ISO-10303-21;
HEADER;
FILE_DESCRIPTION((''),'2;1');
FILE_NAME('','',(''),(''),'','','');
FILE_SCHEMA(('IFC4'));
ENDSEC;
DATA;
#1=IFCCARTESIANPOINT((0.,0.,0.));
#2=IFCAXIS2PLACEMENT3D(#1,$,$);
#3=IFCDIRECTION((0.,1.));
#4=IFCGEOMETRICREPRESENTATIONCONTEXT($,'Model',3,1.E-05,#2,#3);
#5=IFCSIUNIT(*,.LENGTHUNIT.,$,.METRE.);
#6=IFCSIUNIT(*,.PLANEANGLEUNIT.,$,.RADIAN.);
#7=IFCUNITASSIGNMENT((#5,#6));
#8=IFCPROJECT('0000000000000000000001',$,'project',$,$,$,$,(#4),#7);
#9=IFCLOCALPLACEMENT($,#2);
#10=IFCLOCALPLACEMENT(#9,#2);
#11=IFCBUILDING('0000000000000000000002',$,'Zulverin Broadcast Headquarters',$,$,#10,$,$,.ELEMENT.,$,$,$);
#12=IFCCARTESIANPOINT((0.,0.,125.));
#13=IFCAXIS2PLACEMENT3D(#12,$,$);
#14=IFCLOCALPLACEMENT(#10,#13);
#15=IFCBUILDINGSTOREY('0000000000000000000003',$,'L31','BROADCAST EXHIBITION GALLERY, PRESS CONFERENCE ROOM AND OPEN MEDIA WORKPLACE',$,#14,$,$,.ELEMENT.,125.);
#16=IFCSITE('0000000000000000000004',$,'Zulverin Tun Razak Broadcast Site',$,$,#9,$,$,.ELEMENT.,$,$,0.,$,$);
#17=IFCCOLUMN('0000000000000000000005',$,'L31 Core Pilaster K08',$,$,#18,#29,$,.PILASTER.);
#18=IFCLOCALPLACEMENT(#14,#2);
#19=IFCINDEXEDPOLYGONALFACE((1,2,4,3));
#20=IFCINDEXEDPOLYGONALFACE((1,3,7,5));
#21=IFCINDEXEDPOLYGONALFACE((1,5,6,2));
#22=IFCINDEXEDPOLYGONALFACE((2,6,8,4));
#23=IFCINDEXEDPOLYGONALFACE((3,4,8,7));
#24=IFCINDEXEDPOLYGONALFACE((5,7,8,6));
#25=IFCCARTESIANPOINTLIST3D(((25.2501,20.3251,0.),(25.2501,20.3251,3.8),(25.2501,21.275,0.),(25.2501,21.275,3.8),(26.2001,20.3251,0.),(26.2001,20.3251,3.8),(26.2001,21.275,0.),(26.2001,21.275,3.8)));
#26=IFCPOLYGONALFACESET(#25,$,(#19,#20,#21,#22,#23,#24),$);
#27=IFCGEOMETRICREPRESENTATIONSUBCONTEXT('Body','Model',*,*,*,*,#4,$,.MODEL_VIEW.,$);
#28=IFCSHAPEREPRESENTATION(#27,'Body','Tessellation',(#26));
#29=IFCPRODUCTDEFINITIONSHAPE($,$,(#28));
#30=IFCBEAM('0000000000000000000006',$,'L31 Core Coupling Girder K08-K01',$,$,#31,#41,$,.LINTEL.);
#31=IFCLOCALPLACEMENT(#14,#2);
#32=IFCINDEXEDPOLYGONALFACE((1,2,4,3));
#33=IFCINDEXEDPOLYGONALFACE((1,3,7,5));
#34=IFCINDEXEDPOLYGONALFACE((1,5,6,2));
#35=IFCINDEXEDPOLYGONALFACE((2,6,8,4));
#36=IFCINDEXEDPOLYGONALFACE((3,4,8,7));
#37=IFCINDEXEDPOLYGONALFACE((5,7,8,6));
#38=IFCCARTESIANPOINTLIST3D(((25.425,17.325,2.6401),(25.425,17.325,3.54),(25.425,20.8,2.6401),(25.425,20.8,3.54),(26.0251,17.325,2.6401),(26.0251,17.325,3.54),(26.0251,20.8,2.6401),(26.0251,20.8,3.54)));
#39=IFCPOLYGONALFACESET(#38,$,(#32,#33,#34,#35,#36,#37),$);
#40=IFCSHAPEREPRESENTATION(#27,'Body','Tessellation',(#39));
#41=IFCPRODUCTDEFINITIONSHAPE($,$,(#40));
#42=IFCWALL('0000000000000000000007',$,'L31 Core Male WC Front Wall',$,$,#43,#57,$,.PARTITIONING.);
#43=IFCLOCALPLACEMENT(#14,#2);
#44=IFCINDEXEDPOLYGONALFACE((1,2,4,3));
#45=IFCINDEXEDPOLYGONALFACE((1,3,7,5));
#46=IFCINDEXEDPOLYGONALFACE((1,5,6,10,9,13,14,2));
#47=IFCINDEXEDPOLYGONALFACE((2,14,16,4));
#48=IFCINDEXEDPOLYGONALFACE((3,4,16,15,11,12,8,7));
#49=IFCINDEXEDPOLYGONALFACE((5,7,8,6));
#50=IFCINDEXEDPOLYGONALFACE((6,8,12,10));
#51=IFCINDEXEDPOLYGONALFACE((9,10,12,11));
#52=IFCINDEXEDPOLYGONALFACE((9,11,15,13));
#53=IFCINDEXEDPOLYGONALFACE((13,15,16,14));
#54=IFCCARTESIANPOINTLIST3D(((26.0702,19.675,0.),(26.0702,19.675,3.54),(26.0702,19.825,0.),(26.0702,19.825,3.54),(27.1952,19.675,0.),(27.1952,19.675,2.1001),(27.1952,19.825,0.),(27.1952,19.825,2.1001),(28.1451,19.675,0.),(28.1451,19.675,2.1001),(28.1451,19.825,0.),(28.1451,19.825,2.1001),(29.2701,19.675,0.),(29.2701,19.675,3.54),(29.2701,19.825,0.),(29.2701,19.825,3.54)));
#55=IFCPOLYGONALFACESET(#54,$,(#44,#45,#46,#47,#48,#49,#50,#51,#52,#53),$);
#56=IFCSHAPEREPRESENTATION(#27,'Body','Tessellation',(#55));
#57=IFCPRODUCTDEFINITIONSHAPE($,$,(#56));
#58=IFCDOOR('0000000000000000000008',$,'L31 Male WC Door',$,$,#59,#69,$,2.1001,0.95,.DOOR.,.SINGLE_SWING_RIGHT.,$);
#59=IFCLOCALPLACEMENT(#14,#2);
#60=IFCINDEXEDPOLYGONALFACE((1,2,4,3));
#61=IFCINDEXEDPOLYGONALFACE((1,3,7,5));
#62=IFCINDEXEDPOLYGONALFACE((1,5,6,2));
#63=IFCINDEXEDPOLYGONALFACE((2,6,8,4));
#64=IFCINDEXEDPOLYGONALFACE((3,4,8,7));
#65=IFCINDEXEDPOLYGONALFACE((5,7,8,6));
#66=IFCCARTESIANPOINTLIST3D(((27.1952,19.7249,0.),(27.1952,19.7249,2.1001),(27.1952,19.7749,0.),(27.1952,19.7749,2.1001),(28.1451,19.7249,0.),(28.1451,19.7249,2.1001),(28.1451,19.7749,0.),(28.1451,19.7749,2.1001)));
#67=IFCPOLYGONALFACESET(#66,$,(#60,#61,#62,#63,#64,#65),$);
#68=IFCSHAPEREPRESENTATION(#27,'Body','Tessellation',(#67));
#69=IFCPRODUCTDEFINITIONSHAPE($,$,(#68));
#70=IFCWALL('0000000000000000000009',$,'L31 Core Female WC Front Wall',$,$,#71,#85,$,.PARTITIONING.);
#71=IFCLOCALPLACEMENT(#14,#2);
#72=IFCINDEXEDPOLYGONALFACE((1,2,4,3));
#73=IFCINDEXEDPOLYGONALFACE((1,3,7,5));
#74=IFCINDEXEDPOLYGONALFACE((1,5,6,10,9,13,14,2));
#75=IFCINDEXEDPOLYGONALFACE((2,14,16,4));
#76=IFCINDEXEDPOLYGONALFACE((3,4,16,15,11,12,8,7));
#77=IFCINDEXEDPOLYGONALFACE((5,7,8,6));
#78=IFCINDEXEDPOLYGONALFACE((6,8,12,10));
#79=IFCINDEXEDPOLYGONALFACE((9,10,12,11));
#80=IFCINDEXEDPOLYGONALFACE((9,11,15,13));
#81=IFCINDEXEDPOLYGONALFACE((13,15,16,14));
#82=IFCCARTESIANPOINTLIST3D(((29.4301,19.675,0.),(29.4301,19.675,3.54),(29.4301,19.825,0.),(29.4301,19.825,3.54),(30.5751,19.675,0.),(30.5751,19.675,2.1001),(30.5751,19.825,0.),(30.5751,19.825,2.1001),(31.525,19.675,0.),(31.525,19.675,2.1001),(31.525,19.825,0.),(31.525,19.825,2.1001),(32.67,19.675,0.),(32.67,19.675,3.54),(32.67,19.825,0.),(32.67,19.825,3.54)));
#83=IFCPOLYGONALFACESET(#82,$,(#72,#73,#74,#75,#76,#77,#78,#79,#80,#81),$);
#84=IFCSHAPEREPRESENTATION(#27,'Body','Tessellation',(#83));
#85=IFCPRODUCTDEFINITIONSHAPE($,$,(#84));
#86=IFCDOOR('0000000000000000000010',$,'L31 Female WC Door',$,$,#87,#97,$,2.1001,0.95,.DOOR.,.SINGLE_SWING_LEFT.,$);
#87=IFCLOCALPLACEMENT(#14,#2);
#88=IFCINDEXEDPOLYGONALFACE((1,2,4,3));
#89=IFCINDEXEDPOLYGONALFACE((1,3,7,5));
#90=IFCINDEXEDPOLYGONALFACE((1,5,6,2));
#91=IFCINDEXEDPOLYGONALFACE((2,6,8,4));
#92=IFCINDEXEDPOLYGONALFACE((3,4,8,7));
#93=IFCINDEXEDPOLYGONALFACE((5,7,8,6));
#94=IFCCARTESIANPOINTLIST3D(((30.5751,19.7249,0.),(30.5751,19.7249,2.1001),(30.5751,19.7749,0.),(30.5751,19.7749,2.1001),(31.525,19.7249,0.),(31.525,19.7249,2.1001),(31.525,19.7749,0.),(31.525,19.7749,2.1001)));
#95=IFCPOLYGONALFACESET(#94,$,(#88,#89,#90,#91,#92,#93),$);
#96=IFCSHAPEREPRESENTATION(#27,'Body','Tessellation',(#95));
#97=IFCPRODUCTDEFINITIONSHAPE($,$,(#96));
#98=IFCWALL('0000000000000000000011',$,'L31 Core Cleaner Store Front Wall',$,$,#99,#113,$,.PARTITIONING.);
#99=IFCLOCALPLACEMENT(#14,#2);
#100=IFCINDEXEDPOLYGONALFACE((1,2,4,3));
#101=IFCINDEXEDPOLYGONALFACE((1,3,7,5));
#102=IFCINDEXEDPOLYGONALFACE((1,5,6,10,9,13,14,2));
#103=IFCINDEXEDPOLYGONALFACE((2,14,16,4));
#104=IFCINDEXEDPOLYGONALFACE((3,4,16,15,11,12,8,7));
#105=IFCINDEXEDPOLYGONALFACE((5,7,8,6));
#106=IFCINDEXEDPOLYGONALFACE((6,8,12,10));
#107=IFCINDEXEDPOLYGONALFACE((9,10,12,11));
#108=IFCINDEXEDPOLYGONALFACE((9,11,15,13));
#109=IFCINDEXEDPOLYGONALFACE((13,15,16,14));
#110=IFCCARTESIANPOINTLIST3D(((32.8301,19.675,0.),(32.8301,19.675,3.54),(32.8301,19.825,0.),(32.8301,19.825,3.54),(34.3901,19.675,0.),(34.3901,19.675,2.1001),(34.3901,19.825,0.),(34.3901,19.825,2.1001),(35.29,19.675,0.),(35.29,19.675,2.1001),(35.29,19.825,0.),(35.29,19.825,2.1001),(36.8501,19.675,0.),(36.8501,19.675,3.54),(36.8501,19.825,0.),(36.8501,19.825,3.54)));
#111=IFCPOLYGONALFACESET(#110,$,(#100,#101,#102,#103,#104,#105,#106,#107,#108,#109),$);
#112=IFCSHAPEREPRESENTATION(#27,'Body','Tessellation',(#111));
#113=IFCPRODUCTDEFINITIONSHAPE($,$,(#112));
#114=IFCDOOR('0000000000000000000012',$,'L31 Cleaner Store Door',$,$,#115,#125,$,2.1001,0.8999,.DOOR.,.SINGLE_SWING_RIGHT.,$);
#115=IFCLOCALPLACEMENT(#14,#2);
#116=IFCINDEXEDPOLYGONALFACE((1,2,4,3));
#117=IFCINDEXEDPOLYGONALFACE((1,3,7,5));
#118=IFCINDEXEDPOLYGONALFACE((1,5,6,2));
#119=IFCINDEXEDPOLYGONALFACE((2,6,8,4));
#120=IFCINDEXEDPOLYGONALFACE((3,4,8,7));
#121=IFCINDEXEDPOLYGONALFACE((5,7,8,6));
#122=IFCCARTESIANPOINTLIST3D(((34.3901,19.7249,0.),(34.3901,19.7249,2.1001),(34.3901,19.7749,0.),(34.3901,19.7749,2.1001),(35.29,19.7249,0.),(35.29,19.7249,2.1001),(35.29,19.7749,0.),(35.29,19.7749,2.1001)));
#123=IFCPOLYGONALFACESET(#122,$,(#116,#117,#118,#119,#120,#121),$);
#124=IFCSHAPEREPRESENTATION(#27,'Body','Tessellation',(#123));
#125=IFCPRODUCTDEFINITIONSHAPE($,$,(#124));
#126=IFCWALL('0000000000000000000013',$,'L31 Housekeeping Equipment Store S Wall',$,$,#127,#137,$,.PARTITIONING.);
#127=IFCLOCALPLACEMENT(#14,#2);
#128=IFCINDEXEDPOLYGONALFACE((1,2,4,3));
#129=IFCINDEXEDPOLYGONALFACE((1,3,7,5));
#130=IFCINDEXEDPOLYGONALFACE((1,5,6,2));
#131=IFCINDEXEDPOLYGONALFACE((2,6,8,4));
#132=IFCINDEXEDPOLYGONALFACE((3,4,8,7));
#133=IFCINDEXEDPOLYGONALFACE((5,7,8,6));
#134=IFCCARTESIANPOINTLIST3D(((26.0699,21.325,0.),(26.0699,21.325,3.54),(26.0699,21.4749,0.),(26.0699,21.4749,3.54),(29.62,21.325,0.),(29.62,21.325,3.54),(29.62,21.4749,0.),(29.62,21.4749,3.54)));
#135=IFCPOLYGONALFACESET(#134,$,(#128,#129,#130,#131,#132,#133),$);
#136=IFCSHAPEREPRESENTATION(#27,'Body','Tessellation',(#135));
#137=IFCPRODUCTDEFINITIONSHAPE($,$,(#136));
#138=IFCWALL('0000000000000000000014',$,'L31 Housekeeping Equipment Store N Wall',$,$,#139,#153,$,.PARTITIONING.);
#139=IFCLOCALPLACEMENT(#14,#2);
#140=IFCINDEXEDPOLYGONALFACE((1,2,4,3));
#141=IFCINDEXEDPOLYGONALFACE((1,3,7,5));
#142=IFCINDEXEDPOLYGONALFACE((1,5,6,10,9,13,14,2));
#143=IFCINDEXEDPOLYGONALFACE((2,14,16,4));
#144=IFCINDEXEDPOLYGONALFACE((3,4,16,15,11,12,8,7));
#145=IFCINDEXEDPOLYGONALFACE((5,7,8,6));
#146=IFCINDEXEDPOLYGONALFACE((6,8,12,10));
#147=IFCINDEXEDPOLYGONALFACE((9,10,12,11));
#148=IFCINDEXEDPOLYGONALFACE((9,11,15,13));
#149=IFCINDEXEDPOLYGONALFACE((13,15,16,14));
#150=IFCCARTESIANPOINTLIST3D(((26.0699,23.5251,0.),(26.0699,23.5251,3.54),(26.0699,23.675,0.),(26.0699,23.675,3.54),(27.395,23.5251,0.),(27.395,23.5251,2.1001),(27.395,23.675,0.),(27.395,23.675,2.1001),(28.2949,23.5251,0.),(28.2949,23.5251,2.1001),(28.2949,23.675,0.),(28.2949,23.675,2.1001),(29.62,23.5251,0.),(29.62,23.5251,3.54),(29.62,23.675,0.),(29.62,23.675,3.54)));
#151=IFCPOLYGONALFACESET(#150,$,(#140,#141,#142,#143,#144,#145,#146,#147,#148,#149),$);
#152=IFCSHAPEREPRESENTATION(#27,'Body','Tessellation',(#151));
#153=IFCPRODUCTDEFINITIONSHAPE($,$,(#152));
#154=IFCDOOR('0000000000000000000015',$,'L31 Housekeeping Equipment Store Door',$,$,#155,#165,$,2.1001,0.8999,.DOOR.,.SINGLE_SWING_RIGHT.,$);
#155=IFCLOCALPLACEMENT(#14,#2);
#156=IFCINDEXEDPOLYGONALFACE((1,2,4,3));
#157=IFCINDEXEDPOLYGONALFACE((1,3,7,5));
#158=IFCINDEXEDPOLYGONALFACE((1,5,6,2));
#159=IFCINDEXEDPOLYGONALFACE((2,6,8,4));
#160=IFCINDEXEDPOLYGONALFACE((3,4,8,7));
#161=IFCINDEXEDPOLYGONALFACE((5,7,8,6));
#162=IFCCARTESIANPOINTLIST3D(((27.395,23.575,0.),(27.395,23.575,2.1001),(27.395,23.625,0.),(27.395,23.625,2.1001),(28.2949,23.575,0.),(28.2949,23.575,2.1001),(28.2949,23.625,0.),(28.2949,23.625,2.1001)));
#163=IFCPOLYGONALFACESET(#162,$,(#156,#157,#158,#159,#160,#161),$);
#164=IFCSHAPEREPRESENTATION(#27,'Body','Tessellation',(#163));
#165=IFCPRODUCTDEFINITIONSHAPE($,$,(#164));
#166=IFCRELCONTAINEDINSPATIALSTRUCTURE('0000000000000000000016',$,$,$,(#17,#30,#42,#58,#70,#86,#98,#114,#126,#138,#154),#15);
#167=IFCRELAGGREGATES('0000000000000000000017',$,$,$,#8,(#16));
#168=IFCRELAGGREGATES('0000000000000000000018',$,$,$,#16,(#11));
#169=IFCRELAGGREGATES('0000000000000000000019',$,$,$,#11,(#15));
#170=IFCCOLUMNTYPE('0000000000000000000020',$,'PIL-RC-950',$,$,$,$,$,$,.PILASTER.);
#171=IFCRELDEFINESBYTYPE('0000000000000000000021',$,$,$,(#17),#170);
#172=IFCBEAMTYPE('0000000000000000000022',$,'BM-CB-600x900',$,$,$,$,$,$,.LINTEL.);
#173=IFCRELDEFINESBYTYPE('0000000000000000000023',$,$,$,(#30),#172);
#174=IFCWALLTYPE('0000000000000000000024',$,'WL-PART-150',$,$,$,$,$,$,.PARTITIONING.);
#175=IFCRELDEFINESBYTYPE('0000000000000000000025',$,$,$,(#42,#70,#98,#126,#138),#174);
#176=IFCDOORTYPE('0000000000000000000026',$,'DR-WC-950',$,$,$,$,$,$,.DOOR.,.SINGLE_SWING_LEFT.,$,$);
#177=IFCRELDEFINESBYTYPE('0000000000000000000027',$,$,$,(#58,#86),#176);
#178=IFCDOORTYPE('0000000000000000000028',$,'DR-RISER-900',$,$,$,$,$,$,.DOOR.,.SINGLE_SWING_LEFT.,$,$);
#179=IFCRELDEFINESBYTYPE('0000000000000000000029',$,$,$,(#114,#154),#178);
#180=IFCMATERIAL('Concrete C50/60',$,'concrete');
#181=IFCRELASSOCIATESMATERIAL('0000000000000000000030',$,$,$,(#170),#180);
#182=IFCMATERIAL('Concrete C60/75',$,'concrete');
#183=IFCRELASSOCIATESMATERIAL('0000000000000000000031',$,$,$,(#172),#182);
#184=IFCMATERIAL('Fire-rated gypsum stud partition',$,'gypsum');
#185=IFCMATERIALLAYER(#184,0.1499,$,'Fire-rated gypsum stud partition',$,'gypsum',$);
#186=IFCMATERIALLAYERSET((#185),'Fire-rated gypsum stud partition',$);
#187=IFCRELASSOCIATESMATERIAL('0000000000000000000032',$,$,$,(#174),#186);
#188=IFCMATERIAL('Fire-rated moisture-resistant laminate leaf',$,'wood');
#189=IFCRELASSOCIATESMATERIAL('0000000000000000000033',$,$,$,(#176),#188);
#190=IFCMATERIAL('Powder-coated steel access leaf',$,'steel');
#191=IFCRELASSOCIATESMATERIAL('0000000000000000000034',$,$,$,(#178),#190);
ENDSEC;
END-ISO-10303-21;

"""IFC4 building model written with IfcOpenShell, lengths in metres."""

from ifc_helpers import new_model, si_unit, direction, frame, frame_2d, origin, origin_2d, place, context, subcontext, project, spatial, rectangle, extrude, material, layer, layer_set, material_profile, profile_set, type_object, element, fill, save


model = new_model("IFC4")

# Units and contexts
model_context = context("Model", 3, precision=1e-05, world=origin(), true_north=direction((0.0, 1.0)))
body_context = subcontext(model_context, "Body", "Model", "MODEL_VIEW")
ifc_project = project(units=[si_unit("LENGTHUNIT", "METRE"), si_unit("PLANEANGLEUNIT", "RADIAN")], contexts=[model_context])

# Site, building, storey
site_placement = place(None, origin())
site = spatial("IfcSite", under=ifc_project, at=site_placement, Name="Zulverin Tun Razak Broadcast Site", CompositionType="ELEMENT", RefElevation=0.0)
building_placement = place(site_placement, origin())
building = spatial("IfcBuilding", under=site, at=building_placement, Name="Zulverin Broadcast Headquarters", CompositionType="ELEMENT")
storey_placement = place(building_placement, frame((0.0, 0.0, 125.0)))
storey = spatial("IfcBuildingStorey", under=building, at=storey_placement, Name="L31", Description="BROADCAST EXHIBITION GALLERY, PRESS CONFERENCE ROOM AND OPEN MEDIA WORKPLACE", CompositionType="ELEMENT", Elevation=125.0)

# Column
ifc_material_1 = material(Name="Concrete C50/60", Category="concrete")
ifc_material_profile_1 = material_profile(ifc_material_1, rectangle(XDim=0.95, YDim=0.95, at=origin_2d()), Name="Concrete C50/60", Category="concrete")
ifc_profile_set_1 = profile_set([ifc_material_profile_1], Name="Concrete C50/60")
column_type = type_object("IfcColumnType", Name="PIL-RC-950", PredefinedType="PILASTER", material=ifc_profile_set_1)
column_placement = place(storey_placement, frame((25.7251, 20.8, 0.0), z_axis=(0.0, 0.0, 1.0), x_axis=(1.0, 0.0, 0.0)))
element("IfcColumn", 1, at=column_placement, inside=storey, type_object=column_type, Name="L31 Core Pilaster K08", PredefinedType="PILASTER", context=body_context, shape_type="SweptSolid", body=[
    extrude(rectangle(XDim=0.95, YDim=0.95, at=origin_2d()), origin(), (0.0, 0.0, 1.0), 3.8),
])

# Beam
ifc_material_2 = material(Name="Concrete C60/75", Category="concrete")
ifc_material_profile_2 = material_profile(ifc_material_2, rectangle(XDim=0.6001, YDim=0.8999, at=origin_2d()), Name="Concrete C60/75", Category="concrete")
ifc_profile_set_2 = profile_set([ifc_material_profile_2], Name="Concrete C60/75")
beam_type = type_object("IfcBeamType", Name="BM-CB-600x900", PredefinedType="LINTEL", material=ifc_profile_set_2)
beam_placement = place(storey_placement, frame((25.7251, 20.8, 3.0901), z_axis=(0.0, -1.0, 0.0), x_axis=(1.0, 0.0, 0.0)))
element("IfcBeam", 2, at=beam_placement, inside=storey, type_object=beam_type, Name="L31 Core Coupling Girder K08-K01", PredefinedType="LINTEL", context=body_context, shape_type="SweptSolid", body=[
    extrude(rectangle(XDim=0.6001, YDim=0.8999, at=origin_2d()), origin(), (0.0, 0.0, 1.0), 3.4751),
])

# Walls, openings, doors
ifc_material_3 = material(Name="Fire-rated gypsum stud partition", Category="gypsum")
ifc_layer_1 = layer(ifc_material_3, 0.1499, Name="Fire-rated gypsum stud partition", Category="gypsum")
ifc_layer_set_1 = layer_set([ifc_layer_1], Name="Fire-rated gypsum stud partition")
wall_type_1 = type_object("IfcWallType", Name="WL-PART-150", PredefinedType="PARTITIONING", material=ifc_layer_set_1)
wall_1_placement = place(storey_placement, frame((26.0701, 19.75, 0.0), z_axis=(0.0, 0.0, 1.0), x_axis=(1.0, 0.0, 0.0)))
wall_1 = element("IfcWall", 3, at=wall_1_placement, inside=storey, type_object=wall_type_1, Name="L31 Core Male WC Front Wall", PredefinedType="PARTITIONING", context=body_context, shape_type="SweptSolid", body=[
    extrude(rectangle(XDim=3.2, YDim=0.1499, at=frame_2d((1.6001, 0.0))), origin(), (0.0, 0.0, 1.0), 3.54),
])
opening_1_placement = place(wall_1_placement, frame((1.125, 0.0, 0.0)))
opening_1 = element("IfcOpeningElement", 4, at=opening_1_placement, cuts=wall_1, PredefinedType="OPENING", context=body_context, shape_type="SweptSolid", body=[
    extrude(rectangle(XDim=0.95, YDim=2.1001, at=frame_2d((0.4751, 1.05))), frame((0.0, 0.085, 0.0), z_axis=(0.0, -1.0, 0.0), x_axis=(1.0, 0.0, 0.0)), (0.0, 0.0, 1.0), 0.1699),
])
ifc_material_4 = material(Name="Fire-rated moisture-resistant laminate leaf", Category="wood")
door_type_1 = type_object("IfcDoorType", Name="DR-WC-950", OperationType="SINGLE_SWING_LEFT", PredefinedType="DOOR", material=ifc_material_4)
door_1_placement = place(opening_1_placement, origin())
door_1 = element("IfcDoor", 5, at=door_1_placement, inside=storey, type_object=door_type_1, Name="L31 Male WC Door", OperationType="SINGLE_SWING_RIGHT", OverallHeight=2.1001, OverallWidth=0.95, PredefinedType="DOOR", context=body_context, shape_type="SweptSolid", body=[
    extrude(rectangle(XDim=0.95, YDim=2.1001, at=frame_2d((0.4751, 1.05))), frame((0.0, 0.0249, 0.0), z_axis=(0.0, -1.0, 0.0), x_axis=(1.0, 0.0, 0.0)), (0.0, 0.0, 1.0), 0.05),
])
fill(opening_1, door_1)
wall_2_placement = place(storey_placement, frame((29.4299, 19.75, 0.0), z_axis=(0.0, 0.0, 1.0), x_axis=(1.0, 0.0, 0.0)))
wall_2 = element("IfcWall", 6, at=wall_2_placement, inside=storey, type_object=wall_type_1, Name="L31 Core Female WC Front Wall", PredefinedType="PARTITIONING", context=body_context, shape_type="SweptSolid", body=[
    extrude(rectangle(XDim=3.24, YDim=0.1499, at=frame_2d((1.6201, 0.0))), origin(), (0.0, 0.0, 1.0), 3.54),
])
opening_2_placement = place(wall_2_placement, frame((1.145, 0.0, 0.0)))
opening_2 = element("IfcOpeningElement", 7, at=opening_2_placement, cuts=wall_2, PredefinedType="OPENING", context=body_context, shape_type="SweptSolid", body=[
    extrude(rectangle(XDim=0.95, YDim=2.1001, at=frame_2d((0.4751, 1.05))), frame((0.0, 0.085, 0.0), z_axis=(0.0, -1.0, 0.0), x_axis=(1.0, 0.0, 0.0)), (0.0, 0.0, 1.0), 0.1699),
])
door_2_placement = place(opening_2_placement, origin())
door_2 = element("IfcDoor", 8, at=door_2_placement, inside=storey, type_object=door_type_1, Name="L31 Female WC Door", OperationType="SINGLE_SWING_LEFT", OverallHeight=2.1001, OverallWidth=0.95, PredefinedType="DOOR", context=body_context, shape_type="SweptSolid", body=[
    extrude(rectangle(XDim=0.95, YDim=2.1001, at=frame_2d((0.4751, 1.05))), frame((0.0, 0.0249, 0.0), z_axis=(0.0, -1.0, 0.0), x_axis=(1.0, 0.0, 0.0)), (0.0, 0.0, 1.0), 0.05),
])
fill(opening_2, door_2)
wall_3_placement = place(storey_placement, frame((32.8301, 19.75, 0.0), z_axis=(0.0, 0.0, 1.0), x_axis=(1.0, 0.0, 0.0)))
wall_3 = element("IfcWall", 9, at=wall_3_placement, inside=storey, type_object=wall_type_1, Name="L31 Core Cleaner Store Front Wall", PredefinedType="PARTITIONING", context=body_context, shape_type="SweptSolid", body=[
    extrude(rectangle(XDim=4.02, YDim=0.1499, at=frame_2d((2.01, 0.0))), origin(), (0.0, 0.0, 1.0), 3.54),
])
opening_3_placement = place(wall_3_placement, frame((1.5601, 0.0, 0.0)))
opening_3 = element("IfcOpeningElement", 10, at=opening_3_placement, cuts=wall_3, PredefinedType="OPENING", context=body_context, shape_type="SweptSolid", body=[
    extrude(rectangle(XDim=0.8999, YDim=2.1001, at=frame_2d((0.45, 1.05))), frame((0.0, 0.085, 0.0), z_axis=(0.0, -1.0, 0.0), x_axis=(1.0, 0.0, 0.0)), (0.0, 0.0, 1.0), 0.1699),
])
ifc_material_5 = material(Name="Powder-coated steel access leaf", Category="steel")
door_type_2 = type_object("IfcDoorType", Name="DR-RISER-900", OperationType="SINGLE_SWING_LEFT", PredefinedType="DOOR", material=ifc_material_5)
door_3_placement = place(opening_3_placement, origin())
door_3 = element("IfcDoor", 11, at=door_3_placement, inside=storey, type_object=door_type_2, Name="L31 Cleaner Store Door", OperationType="SINGLE_SWING_RIGHT", OverallHeight=2.1001, OverallWidth=0.8999, PredefinedType="DOOR", context=body_context, shape_type="SweptSolid", body=[
    extrude(rectangle(XDim=0.8999, YDim=2.1001, at=frame_2d((0.45, 1.05))), frame((0.0, 0.0249, 0.0), z_axis=(0.0, -1.0, 0.0), x_axis=(1.0, 0.0, 0.0)), (0.0, 0.0, 1.0), 0.05),
])
fill(opening_3, door_3)

# Wall
wall_4_placement = place(storey_placement, frame((26.0701, 21.3999, 0.0), z_axis=(0.0, 0.0, 1.0), x_axis=(1.0, 0.0, 0.0)))
element("IfcWall", 12, at=wall_4_placement, inside=storey, type_object=wall_type_1, Name="L31 Housekeeping Equipment Store S Wall", PredefinedType="PARTITIONING", context=body_context, shape_type="SweptSolid", body=[
    extrude(rectangle(XDim=3.55, YDim=0.1499, at=frame_2d((1.7749, 0.0))), origin(), (0.0, 0.0, 1.0), 3.54),
])

# Wall, opening, door
wall_5_placement = place(storey_placement, frame((26.0701, 23.6001, 0.0), z_axis=(0.0, 0.0, 1.0), x_axis=(1.0, 0.0, 0.0)))
wall_5 = element("IfcWall", 13, at=wall_5_placement, inside=storey, type_object=wall_type_1, Name="L31 Housekeeping Equipment Store N Wall", PredefinedType="PARTITIONING", context=body_context, shape_type="SweptSolid", body=[
    extrude(rectangle(XDim=3.55, YDim=0.1499, at=frame_2d((1.7749, 0.0))), origin(), (0.0, 0.0, 1.0), 3.54),
])
opening_4_placement = place(wall_5_placement, frame((1.325, 0.0, 0.0)))
opening_4 = element("IfcOpeningElement", 14, at=opening_4_placement, cuts=wall_5, PredefinedType="OPENING", context=body_context, shape_type="SweptSolid", body=[
    extrude(rectangle(XDim=0.8999, YDim=2.1001, at=frame_2d((0.45, 1.05))), frame((0.0, 0.085, 0.0), z_axis=(0.0, -1.0, 0.0), x_axis=(1.0, 0.0, 0.0)), (0.0, 0.0, 1.0), 0.1699),
])
door_4_placement = place(opening_4_placement, origin())
door_4 = element("IfcDoor", 15, at=door_4_placement, inside=storey, type_object=door_type_2, Name="L31 Housekeeping Equipment Store Door", OperationType="SINGLE_SWING_RIGHT", OverallHeight=2.1001, OverallWidth=0.8999, PredefinedType="DOOR", context=body_context, shape_type="SweptSolid", body=[
    extrude(rectangle(XDim=0.8999, YDim=2.1001, at=frame_2d((0.45, 1.05))), frame((0.0, 0.0249, 0.0), z_axis=(0.0, -1.0, 0.0), x_axis=(1.0, 0.0, 0.0)), (0.0, 0.0, 1.0), 0.05),
])
fill(opening_4, door_4)

save(model, "model.ifc")
